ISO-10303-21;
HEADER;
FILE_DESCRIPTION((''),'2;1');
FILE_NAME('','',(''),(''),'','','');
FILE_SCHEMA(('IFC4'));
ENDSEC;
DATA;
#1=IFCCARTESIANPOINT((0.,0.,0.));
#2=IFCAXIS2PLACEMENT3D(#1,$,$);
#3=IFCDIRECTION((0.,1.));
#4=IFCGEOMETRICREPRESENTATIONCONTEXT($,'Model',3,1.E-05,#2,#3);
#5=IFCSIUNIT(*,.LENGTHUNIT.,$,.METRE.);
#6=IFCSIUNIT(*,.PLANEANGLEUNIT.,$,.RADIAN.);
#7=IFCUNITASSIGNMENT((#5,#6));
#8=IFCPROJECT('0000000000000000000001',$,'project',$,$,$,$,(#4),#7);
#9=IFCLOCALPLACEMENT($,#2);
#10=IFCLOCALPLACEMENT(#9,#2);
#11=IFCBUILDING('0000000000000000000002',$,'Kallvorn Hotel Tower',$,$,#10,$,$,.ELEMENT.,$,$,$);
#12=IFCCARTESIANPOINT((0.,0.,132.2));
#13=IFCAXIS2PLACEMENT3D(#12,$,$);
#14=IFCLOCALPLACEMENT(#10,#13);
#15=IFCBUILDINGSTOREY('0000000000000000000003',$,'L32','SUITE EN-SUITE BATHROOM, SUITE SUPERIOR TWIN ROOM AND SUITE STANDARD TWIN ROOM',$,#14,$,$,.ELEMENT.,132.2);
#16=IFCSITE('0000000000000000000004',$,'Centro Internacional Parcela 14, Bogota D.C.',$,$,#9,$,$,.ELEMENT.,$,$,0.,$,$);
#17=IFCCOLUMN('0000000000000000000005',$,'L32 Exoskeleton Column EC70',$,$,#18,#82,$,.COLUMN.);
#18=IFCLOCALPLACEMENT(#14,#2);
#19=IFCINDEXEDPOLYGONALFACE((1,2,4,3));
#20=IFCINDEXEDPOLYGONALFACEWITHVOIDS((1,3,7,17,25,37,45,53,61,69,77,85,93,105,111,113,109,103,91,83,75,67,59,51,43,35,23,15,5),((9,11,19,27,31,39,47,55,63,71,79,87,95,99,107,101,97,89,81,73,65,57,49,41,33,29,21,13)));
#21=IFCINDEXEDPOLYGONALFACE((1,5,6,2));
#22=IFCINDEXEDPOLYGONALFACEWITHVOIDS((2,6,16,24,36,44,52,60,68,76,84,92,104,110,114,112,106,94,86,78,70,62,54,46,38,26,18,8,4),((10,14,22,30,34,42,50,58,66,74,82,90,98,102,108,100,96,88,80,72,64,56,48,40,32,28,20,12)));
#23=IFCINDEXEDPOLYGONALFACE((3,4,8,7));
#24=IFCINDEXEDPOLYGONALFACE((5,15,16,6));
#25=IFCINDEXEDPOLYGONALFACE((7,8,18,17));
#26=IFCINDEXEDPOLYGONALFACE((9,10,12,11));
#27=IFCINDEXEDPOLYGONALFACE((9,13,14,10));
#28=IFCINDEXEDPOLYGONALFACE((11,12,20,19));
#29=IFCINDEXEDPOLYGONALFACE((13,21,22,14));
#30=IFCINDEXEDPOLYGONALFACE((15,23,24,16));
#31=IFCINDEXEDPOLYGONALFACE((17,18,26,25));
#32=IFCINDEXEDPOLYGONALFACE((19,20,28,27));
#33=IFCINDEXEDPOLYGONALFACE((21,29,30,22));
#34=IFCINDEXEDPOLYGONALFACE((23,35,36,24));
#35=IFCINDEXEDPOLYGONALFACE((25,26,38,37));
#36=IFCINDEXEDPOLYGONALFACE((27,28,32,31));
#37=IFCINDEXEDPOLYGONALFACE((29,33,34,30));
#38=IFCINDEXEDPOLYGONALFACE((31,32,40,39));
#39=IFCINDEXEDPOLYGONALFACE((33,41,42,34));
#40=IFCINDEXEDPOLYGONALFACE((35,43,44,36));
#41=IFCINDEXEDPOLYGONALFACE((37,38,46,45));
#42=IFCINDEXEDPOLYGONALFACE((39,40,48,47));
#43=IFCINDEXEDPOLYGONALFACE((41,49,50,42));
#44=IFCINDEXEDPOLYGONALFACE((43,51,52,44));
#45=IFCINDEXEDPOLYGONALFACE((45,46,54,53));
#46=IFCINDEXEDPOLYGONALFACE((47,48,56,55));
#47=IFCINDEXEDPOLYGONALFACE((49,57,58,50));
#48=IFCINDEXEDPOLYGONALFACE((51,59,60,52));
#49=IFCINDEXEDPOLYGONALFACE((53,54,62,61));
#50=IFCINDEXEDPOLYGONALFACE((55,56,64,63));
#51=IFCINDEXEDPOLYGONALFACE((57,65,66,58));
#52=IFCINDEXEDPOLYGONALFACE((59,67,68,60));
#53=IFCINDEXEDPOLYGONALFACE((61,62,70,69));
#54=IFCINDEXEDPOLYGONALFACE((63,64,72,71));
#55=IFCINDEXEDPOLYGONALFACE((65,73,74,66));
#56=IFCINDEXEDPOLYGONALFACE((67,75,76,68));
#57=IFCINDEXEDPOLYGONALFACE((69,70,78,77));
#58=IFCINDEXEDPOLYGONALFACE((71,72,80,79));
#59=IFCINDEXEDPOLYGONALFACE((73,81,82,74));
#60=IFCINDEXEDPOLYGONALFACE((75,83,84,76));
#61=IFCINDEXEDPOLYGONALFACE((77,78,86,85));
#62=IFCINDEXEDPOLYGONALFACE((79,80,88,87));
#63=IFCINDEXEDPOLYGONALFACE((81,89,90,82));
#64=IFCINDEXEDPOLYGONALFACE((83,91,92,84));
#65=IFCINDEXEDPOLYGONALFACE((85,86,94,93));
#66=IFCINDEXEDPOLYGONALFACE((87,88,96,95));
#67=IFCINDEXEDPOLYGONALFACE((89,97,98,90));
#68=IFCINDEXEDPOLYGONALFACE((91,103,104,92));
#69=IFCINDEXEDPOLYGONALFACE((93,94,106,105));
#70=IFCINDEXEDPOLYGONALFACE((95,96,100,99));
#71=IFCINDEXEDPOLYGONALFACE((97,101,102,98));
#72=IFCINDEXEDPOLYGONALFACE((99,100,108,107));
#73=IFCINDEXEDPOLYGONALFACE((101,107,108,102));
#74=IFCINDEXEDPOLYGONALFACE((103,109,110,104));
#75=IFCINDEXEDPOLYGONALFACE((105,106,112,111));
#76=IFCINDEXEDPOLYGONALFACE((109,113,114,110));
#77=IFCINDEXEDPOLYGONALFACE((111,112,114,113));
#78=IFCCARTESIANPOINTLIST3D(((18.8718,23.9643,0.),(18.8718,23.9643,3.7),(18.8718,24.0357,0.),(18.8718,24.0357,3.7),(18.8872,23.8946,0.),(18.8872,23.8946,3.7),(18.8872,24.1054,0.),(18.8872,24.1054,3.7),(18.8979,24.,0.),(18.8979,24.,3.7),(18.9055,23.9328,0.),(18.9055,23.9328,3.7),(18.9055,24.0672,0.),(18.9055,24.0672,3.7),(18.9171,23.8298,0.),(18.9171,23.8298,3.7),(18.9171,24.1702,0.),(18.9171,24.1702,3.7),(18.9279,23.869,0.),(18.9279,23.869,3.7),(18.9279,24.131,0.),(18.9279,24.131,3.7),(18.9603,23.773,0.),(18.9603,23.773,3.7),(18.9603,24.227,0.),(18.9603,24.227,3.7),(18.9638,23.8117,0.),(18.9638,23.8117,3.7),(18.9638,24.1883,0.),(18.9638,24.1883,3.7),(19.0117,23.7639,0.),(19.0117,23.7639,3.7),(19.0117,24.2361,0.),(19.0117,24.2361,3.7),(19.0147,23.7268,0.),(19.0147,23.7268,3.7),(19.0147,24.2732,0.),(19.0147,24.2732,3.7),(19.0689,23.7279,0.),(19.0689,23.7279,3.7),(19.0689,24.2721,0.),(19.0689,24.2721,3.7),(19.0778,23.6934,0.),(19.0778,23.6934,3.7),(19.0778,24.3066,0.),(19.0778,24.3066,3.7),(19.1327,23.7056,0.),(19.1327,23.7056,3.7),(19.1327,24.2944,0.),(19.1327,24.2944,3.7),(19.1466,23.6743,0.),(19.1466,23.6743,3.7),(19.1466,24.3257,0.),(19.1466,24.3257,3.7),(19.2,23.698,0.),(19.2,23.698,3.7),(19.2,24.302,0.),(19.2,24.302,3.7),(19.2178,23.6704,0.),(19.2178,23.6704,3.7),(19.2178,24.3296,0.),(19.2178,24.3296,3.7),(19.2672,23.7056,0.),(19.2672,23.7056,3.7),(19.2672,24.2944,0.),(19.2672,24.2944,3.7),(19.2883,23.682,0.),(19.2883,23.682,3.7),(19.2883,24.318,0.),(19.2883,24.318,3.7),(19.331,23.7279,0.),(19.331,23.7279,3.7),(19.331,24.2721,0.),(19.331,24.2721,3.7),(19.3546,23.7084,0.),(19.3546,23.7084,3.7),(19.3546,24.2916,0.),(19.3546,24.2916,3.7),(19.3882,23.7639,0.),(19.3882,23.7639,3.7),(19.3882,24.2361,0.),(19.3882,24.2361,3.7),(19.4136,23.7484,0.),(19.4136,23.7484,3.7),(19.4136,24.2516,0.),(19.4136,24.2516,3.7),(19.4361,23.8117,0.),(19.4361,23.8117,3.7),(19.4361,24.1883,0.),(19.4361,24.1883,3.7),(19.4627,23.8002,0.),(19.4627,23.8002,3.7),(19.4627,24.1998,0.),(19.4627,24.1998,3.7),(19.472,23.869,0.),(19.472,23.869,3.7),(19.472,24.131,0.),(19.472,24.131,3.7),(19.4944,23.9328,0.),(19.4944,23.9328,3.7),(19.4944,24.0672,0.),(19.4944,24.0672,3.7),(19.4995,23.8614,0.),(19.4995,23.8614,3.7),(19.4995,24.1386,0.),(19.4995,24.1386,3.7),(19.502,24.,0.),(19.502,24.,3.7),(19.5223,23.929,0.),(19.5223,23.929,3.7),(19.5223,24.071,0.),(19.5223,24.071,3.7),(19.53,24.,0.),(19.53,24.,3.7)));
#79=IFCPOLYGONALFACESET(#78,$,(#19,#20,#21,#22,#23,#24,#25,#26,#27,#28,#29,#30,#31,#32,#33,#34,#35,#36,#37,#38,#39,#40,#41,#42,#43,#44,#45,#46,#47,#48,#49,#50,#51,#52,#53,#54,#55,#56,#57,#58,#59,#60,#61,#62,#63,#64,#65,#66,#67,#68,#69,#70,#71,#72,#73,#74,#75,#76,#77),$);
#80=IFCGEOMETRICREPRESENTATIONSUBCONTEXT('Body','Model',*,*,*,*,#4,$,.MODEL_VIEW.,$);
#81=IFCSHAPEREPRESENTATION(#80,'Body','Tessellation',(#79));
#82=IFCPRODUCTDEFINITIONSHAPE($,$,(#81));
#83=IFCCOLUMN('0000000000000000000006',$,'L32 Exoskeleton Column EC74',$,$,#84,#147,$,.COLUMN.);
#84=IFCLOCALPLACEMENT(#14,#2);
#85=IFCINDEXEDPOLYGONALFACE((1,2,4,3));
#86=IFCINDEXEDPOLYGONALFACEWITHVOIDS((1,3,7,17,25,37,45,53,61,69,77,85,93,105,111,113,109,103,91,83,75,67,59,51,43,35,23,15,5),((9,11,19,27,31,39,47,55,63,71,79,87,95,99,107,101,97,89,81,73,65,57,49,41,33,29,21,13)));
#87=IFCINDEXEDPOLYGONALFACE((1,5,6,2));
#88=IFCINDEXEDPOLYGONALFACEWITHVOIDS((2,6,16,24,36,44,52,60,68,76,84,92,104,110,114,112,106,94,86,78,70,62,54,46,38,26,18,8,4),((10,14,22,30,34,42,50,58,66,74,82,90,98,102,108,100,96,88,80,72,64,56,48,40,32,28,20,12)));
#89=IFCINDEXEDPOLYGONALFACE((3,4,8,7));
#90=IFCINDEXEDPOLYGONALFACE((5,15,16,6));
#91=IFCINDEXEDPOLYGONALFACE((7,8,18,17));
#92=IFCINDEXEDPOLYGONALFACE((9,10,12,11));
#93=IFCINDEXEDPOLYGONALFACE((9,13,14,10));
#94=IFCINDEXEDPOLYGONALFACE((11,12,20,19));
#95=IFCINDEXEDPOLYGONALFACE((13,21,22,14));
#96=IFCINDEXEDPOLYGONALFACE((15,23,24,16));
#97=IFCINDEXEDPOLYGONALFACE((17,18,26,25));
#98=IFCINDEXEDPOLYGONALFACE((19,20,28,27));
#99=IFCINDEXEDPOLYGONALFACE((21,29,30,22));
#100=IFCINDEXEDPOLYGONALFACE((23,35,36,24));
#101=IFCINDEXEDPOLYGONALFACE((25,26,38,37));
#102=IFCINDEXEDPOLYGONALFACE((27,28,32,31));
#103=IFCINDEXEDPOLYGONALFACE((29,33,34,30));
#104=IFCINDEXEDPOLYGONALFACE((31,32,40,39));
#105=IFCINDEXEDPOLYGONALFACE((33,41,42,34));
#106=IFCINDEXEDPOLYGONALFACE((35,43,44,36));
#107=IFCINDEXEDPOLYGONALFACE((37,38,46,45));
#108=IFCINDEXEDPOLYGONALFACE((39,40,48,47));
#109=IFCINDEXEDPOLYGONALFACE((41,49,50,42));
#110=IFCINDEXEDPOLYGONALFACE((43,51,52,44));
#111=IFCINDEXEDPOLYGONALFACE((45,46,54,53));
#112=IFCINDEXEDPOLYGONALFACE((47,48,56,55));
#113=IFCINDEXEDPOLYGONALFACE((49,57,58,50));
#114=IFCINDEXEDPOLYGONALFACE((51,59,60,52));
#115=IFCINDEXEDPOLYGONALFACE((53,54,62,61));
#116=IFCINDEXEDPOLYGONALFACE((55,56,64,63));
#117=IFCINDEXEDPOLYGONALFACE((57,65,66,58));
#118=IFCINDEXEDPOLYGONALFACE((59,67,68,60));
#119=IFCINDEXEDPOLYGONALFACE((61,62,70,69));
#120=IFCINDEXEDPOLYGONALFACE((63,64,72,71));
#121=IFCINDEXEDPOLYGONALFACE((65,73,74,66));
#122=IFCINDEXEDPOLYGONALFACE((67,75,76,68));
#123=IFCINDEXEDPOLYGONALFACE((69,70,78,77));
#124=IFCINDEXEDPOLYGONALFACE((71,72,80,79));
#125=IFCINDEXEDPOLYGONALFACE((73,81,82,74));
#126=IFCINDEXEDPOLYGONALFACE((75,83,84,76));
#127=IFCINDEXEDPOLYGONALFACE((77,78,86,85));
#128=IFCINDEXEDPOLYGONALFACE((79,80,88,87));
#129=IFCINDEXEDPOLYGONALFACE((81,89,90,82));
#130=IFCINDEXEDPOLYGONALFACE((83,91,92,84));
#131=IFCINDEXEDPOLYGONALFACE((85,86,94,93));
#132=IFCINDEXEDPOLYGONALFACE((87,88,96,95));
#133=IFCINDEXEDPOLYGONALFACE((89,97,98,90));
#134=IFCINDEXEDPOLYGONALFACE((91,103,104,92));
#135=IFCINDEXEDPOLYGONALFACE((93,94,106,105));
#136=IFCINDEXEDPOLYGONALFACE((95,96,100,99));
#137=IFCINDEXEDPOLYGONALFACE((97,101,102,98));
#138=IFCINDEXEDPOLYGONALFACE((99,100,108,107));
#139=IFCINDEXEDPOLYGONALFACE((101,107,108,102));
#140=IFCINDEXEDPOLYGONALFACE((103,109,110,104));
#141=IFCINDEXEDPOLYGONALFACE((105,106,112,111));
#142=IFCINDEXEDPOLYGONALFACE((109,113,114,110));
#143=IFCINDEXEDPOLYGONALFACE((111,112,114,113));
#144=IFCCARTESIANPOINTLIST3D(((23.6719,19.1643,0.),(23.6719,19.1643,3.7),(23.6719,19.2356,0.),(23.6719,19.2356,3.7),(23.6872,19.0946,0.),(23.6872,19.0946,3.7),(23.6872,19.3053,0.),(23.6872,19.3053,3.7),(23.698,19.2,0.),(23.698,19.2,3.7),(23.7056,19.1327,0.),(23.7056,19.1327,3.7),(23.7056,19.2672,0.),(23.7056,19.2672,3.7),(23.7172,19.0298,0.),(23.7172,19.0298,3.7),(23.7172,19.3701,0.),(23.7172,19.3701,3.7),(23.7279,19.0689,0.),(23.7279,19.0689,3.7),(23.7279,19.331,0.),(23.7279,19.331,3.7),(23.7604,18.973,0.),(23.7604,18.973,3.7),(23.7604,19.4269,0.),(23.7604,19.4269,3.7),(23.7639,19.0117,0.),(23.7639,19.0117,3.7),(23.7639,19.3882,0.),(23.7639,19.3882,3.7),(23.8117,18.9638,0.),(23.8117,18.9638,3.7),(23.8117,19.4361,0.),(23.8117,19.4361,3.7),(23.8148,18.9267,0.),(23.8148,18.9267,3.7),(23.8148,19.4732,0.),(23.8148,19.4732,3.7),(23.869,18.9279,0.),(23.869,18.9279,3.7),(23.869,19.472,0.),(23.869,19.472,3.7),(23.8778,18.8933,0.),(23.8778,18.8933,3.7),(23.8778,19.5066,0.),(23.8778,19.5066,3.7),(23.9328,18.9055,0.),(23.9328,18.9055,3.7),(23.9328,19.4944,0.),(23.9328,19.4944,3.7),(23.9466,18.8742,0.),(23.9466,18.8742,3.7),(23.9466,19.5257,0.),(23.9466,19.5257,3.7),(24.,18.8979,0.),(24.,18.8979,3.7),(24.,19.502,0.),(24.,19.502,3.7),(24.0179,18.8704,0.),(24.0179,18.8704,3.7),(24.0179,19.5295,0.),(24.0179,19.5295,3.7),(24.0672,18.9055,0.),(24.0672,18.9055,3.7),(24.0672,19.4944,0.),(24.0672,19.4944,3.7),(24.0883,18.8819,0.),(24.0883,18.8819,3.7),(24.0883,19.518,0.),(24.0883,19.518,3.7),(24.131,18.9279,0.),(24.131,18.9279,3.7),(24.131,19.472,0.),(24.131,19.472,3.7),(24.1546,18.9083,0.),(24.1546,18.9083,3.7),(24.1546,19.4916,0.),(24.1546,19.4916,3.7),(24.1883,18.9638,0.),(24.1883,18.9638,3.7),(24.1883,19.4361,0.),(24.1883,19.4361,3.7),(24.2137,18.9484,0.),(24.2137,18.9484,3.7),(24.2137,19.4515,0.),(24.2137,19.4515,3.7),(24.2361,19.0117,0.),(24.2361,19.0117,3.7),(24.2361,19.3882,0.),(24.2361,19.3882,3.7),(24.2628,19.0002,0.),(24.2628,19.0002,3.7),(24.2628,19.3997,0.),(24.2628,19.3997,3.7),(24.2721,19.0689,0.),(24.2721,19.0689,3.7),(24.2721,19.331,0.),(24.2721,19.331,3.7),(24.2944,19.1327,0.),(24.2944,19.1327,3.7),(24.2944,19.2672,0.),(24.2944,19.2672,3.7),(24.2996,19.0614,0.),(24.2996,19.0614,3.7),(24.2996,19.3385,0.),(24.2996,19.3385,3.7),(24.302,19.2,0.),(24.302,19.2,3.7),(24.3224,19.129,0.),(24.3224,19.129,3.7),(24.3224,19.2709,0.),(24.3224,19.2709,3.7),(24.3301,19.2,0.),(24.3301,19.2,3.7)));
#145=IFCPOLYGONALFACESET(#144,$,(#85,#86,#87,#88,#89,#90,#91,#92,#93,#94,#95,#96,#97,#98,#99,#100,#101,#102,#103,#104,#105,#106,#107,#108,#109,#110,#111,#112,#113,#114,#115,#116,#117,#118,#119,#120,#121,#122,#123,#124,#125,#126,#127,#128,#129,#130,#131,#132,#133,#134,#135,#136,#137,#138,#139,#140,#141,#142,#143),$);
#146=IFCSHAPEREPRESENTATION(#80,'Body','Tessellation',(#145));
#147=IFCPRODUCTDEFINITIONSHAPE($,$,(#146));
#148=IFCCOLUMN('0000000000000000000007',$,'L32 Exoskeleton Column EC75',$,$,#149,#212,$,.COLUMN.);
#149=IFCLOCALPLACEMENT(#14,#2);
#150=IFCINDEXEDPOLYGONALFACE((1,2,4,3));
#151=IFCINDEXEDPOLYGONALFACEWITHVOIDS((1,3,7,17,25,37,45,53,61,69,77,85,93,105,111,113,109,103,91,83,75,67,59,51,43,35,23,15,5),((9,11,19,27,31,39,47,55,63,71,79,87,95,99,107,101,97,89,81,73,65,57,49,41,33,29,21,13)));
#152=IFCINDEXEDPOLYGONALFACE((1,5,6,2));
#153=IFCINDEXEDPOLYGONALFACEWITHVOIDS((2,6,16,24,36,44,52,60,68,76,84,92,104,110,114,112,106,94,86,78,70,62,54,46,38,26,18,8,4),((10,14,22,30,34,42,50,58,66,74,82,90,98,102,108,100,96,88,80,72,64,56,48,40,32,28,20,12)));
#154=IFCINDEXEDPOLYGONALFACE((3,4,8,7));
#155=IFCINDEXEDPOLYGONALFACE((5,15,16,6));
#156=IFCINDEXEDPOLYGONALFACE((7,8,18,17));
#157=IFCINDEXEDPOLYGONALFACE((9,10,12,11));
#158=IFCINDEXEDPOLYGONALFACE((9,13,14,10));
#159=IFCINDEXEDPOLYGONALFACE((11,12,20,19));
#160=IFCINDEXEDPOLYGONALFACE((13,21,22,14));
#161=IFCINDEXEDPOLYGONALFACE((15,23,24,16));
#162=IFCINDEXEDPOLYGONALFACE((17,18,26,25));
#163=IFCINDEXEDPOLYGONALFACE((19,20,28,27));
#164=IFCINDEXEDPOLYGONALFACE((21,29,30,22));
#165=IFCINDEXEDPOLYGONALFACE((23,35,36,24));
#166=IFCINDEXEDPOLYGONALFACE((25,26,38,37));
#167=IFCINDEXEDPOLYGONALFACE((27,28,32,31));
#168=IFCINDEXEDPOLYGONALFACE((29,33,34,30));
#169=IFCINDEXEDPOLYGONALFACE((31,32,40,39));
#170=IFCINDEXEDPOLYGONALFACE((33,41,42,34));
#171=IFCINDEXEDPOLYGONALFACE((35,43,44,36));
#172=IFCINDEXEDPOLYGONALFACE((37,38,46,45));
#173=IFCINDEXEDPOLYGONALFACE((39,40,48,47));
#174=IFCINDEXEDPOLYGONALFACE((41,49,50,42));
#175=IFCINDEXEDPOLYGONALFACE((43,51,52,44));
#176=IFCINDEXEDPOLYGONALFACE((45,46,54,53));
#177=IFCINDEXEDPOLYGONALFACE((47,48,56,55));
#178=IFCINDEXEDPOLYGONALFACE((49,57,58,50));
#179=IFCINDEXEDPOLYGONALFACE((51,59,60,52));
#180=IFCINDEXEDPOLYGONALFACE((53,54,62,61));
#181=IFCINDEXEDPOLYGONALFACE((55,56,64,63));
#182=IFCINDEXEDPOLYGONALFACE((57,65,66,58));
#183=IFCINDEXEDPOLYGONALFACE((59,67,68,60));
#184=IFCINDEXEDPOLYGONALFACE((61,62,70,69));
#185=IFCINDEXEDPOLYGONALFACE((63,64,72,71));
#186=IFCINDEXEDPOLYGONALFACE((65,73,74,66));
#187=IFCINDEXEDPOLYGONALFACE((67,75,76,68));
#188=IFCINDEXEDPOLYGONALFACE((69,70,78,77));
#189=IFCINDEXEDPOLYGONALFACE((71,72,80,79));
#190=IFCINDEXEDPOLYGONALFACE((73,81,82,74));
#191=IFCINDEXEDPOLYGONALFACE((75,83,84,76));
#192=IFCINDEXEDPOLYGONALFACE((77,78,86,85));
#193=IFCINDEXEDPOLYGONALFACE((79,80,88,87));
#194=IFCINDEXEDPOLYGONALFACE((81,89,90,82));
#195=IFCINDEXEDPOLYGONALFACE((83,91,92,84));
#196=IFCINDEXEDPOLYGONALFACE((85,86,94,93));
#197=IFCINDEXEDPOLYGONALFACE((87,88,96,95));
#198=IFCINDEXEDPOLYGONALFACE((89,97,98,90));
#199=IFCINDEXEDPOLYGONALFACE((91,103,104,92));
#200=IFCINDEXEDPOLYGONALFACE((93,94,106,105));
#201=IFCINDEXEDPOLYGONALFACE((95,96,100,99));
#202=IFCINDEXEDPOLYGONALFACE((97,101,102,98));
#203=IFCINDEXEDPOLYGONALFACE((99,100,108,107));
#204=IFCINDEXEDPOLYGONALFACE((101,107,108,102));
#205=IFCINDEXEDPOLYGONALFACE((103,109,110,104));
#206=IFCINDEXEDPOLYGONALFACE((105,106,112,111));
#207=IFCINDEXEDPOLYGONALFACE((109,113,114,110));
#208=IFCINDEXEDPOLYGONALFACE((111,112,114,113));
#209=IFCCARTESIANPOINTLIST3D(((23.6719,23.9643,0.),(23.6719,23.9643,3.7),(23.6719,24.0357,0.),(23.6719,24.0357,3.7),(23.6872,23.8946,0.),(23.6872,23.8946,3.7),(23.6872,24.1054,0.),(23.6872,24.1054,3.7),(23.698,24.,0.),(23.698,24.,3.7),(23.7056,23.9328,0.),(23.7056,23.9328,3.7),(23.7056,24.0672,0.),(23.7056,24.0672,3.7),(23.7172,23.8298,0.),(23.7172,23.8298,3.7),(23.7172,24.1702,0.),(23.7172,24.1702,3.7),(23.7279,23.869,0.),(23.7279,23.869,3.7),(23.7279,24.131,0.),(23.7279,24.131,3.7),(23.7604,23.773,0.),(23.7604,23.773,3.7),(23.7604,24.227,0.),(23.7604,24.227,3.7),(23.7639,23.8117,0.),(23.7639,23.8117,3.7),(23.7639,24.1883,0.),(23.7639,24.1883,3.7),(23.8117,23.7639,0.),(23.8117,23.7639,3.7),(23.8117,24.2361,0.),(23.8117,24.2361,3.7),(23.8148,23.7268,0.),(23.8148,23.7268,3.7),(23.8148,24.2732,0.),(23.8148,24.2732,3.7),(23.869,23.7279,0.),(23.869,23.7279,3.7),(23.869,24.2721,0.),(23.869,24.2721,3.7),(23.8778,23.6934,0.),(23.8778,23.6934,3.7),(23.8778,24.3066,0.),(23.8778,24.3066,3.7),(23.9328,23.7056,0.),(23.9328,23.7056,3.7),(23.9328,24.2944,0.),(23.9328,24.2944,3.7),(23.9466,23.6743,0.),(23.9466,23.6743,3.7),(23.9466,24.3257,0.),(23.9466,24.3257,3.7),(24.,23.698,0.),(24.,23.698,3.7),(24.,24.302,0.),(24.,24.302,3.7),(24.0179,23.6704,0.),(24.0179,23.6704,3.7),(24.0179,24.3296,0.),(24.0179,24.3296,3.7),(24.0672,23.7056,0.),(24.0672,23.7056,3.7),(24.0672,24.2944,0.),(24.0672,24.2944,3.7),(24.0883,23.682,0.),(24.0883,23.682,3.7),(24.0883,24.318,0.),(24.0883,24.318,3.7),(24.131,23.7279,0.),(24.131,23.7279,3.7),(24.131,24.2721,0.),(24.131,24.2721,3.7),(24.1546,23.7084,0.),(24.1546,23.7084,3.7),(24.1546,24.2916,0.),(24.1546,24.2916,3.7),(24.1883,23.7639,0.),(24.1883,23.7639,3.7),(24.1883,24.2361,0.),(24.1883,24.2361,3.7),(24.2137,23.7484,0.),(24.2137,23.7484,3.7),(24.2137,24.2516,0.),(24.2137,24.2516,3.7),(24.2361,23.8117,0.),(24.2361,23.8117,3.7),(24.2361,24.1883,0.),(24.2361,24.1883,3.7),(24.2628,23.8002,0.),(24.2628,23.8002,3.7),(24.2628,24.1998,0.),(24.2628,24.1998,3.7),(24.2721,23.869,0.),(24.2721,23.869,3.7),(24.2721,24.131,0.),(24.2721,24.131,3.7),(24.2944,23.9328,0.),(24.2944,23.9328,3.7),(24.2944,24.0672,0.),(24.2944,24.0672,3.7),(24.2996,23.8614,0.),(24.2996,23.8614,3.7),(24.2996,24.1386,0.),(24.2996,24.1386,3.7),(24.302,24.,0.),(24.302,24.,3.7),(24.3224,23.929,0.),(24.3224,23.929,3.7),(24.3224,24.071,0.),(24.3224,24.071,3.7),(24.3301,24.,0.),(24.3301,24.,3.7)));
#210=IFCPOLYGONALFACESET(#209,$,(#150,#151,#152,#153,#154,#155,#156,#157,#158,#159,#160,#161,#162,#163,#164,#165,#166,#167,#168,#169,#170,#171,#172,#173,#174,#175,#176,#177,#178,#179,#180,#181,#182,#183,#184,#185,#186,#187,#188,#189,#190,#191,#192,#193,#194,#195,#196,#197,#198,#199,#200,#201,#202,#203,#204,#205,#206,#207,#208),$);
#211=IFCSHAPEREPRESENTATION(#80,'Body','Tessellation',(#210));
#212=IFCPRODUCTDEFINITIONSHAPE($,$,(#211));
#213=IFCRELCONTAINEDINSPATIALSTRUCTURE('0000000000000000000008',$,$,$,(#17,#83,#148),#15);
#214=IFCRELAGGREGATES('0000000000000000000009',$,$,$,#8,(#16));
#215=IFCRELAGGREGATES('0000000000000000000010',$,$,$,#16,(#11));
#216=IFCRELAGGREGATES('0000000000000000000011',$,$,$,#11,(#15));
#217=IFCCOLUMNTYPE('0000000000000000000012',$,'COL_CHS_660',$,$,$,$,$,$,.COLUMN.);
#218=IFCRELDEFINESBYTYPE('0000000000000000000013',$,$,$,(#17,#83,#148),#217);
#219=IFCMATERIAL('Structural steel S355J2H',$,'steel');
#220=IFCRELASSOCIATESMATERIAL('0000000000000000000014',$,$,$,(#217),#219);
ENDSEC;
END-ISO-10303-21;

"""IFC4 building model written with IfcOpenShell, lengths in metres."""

from ifc_helpers import new_model, si_unit, direction, frame, origin, origin_2d, place, context, subcontext, project, spatial, hollow_circle, extrude, material, material_profile, profile_set, type_object, element, save


model = new_model("IFC4")

# Units and contexts
model_context = context("Model", 3, precision=1e-05, world=origin(), true_north=direction((0.0, 1.0)))
body_context = subcontext(model_context, "Body", "Model", "MODEL_VIEW")
ifc_project = project(units=[si_unit("LENGTHUNIT", "METRE"), si_unit("PLANEANGLEUNIT", "RADIAN")], contexts=[model_context])

# Site, building, storey
site_placement = place(None, origin())
site = spatial("IfcSite", under=ifc_project, at=site_placement, Name="Centro Internacional Parcela 14, Bogota D.C.", CompositionType="ELEMENT", RefElevation=0.0)
building_placement = place(site_placement, origin())
building = spatial("IfcBuilding", under=site, at=building_placement, Name="Kallvorn Hotel Tower", CompositionType="ELEMENT")
storey_placement = place(building_placement, frame((0.0, 0.0, 132.2)))
storey = spatial("IfcBuildingStorey", under=building, at=storey_placement, Name="L32", Description="SUITE EN-SUITE BATHROOM, SUITE SUPERIOR TWIN ROOM AND SUITE STANDARD TWIN ROOM", CompositionType="ELEMENT", Elevation=132.2)

# Columns
ifc_material_1 = material(Name="Structural steel S355J2H", Category="steel")
ifc_material_profile_1 = material_profile(ifc_material_1, hollow_circle(Radius=0.3301, WallThickness=0.0281, at=origin_2d()), Name="CHS 660x28")
ifc_profile_set_1 = profile_set([ifc_material_profile_1], Name="Structural steel S355J2H")
column_type = type_object("IfcColumnType", Name="COL_CHS_660", PredefinedType="COLUMN", material=ifc_profile_set_1)
for number, where, z_axis, x_axis, name in (
    (1, (19.2, 24.0, 0.0), (0.0, 0.0, 1.0), (1.0, 0.0, 0.0), "L32 Exoskeleton Column EC70"),
    (2, (24.0, 19.2, 0.0), (0.0, 0.0, 1.0), (1.0, 0.0, 0.0), "L32 Exoskeleton Column EC74"),
    (3, (24.0, 24.0, 0.0), (0.0, 0.0, 1.0), (1.0, 0.0, 0.0), "L32 Exoskeleton Column EC75"),
):
    element("IfcColumn", number, at=place(storey_placement, frame(where, z_axis=z_axis, x_axis=x_axis)), inside=storey, type_object=column_type, Name=name, PredefinedType="COLUMN", context=body_context, shape_type="SweptSolid", body=[
        extrude(hollow_circle(Radius=0.3301, WallThickness=0.0281, at=origin_2d()), origin(), (0.0, 0.0, 1.0), 3.7),
    ])

save(model, "model.ifc")
